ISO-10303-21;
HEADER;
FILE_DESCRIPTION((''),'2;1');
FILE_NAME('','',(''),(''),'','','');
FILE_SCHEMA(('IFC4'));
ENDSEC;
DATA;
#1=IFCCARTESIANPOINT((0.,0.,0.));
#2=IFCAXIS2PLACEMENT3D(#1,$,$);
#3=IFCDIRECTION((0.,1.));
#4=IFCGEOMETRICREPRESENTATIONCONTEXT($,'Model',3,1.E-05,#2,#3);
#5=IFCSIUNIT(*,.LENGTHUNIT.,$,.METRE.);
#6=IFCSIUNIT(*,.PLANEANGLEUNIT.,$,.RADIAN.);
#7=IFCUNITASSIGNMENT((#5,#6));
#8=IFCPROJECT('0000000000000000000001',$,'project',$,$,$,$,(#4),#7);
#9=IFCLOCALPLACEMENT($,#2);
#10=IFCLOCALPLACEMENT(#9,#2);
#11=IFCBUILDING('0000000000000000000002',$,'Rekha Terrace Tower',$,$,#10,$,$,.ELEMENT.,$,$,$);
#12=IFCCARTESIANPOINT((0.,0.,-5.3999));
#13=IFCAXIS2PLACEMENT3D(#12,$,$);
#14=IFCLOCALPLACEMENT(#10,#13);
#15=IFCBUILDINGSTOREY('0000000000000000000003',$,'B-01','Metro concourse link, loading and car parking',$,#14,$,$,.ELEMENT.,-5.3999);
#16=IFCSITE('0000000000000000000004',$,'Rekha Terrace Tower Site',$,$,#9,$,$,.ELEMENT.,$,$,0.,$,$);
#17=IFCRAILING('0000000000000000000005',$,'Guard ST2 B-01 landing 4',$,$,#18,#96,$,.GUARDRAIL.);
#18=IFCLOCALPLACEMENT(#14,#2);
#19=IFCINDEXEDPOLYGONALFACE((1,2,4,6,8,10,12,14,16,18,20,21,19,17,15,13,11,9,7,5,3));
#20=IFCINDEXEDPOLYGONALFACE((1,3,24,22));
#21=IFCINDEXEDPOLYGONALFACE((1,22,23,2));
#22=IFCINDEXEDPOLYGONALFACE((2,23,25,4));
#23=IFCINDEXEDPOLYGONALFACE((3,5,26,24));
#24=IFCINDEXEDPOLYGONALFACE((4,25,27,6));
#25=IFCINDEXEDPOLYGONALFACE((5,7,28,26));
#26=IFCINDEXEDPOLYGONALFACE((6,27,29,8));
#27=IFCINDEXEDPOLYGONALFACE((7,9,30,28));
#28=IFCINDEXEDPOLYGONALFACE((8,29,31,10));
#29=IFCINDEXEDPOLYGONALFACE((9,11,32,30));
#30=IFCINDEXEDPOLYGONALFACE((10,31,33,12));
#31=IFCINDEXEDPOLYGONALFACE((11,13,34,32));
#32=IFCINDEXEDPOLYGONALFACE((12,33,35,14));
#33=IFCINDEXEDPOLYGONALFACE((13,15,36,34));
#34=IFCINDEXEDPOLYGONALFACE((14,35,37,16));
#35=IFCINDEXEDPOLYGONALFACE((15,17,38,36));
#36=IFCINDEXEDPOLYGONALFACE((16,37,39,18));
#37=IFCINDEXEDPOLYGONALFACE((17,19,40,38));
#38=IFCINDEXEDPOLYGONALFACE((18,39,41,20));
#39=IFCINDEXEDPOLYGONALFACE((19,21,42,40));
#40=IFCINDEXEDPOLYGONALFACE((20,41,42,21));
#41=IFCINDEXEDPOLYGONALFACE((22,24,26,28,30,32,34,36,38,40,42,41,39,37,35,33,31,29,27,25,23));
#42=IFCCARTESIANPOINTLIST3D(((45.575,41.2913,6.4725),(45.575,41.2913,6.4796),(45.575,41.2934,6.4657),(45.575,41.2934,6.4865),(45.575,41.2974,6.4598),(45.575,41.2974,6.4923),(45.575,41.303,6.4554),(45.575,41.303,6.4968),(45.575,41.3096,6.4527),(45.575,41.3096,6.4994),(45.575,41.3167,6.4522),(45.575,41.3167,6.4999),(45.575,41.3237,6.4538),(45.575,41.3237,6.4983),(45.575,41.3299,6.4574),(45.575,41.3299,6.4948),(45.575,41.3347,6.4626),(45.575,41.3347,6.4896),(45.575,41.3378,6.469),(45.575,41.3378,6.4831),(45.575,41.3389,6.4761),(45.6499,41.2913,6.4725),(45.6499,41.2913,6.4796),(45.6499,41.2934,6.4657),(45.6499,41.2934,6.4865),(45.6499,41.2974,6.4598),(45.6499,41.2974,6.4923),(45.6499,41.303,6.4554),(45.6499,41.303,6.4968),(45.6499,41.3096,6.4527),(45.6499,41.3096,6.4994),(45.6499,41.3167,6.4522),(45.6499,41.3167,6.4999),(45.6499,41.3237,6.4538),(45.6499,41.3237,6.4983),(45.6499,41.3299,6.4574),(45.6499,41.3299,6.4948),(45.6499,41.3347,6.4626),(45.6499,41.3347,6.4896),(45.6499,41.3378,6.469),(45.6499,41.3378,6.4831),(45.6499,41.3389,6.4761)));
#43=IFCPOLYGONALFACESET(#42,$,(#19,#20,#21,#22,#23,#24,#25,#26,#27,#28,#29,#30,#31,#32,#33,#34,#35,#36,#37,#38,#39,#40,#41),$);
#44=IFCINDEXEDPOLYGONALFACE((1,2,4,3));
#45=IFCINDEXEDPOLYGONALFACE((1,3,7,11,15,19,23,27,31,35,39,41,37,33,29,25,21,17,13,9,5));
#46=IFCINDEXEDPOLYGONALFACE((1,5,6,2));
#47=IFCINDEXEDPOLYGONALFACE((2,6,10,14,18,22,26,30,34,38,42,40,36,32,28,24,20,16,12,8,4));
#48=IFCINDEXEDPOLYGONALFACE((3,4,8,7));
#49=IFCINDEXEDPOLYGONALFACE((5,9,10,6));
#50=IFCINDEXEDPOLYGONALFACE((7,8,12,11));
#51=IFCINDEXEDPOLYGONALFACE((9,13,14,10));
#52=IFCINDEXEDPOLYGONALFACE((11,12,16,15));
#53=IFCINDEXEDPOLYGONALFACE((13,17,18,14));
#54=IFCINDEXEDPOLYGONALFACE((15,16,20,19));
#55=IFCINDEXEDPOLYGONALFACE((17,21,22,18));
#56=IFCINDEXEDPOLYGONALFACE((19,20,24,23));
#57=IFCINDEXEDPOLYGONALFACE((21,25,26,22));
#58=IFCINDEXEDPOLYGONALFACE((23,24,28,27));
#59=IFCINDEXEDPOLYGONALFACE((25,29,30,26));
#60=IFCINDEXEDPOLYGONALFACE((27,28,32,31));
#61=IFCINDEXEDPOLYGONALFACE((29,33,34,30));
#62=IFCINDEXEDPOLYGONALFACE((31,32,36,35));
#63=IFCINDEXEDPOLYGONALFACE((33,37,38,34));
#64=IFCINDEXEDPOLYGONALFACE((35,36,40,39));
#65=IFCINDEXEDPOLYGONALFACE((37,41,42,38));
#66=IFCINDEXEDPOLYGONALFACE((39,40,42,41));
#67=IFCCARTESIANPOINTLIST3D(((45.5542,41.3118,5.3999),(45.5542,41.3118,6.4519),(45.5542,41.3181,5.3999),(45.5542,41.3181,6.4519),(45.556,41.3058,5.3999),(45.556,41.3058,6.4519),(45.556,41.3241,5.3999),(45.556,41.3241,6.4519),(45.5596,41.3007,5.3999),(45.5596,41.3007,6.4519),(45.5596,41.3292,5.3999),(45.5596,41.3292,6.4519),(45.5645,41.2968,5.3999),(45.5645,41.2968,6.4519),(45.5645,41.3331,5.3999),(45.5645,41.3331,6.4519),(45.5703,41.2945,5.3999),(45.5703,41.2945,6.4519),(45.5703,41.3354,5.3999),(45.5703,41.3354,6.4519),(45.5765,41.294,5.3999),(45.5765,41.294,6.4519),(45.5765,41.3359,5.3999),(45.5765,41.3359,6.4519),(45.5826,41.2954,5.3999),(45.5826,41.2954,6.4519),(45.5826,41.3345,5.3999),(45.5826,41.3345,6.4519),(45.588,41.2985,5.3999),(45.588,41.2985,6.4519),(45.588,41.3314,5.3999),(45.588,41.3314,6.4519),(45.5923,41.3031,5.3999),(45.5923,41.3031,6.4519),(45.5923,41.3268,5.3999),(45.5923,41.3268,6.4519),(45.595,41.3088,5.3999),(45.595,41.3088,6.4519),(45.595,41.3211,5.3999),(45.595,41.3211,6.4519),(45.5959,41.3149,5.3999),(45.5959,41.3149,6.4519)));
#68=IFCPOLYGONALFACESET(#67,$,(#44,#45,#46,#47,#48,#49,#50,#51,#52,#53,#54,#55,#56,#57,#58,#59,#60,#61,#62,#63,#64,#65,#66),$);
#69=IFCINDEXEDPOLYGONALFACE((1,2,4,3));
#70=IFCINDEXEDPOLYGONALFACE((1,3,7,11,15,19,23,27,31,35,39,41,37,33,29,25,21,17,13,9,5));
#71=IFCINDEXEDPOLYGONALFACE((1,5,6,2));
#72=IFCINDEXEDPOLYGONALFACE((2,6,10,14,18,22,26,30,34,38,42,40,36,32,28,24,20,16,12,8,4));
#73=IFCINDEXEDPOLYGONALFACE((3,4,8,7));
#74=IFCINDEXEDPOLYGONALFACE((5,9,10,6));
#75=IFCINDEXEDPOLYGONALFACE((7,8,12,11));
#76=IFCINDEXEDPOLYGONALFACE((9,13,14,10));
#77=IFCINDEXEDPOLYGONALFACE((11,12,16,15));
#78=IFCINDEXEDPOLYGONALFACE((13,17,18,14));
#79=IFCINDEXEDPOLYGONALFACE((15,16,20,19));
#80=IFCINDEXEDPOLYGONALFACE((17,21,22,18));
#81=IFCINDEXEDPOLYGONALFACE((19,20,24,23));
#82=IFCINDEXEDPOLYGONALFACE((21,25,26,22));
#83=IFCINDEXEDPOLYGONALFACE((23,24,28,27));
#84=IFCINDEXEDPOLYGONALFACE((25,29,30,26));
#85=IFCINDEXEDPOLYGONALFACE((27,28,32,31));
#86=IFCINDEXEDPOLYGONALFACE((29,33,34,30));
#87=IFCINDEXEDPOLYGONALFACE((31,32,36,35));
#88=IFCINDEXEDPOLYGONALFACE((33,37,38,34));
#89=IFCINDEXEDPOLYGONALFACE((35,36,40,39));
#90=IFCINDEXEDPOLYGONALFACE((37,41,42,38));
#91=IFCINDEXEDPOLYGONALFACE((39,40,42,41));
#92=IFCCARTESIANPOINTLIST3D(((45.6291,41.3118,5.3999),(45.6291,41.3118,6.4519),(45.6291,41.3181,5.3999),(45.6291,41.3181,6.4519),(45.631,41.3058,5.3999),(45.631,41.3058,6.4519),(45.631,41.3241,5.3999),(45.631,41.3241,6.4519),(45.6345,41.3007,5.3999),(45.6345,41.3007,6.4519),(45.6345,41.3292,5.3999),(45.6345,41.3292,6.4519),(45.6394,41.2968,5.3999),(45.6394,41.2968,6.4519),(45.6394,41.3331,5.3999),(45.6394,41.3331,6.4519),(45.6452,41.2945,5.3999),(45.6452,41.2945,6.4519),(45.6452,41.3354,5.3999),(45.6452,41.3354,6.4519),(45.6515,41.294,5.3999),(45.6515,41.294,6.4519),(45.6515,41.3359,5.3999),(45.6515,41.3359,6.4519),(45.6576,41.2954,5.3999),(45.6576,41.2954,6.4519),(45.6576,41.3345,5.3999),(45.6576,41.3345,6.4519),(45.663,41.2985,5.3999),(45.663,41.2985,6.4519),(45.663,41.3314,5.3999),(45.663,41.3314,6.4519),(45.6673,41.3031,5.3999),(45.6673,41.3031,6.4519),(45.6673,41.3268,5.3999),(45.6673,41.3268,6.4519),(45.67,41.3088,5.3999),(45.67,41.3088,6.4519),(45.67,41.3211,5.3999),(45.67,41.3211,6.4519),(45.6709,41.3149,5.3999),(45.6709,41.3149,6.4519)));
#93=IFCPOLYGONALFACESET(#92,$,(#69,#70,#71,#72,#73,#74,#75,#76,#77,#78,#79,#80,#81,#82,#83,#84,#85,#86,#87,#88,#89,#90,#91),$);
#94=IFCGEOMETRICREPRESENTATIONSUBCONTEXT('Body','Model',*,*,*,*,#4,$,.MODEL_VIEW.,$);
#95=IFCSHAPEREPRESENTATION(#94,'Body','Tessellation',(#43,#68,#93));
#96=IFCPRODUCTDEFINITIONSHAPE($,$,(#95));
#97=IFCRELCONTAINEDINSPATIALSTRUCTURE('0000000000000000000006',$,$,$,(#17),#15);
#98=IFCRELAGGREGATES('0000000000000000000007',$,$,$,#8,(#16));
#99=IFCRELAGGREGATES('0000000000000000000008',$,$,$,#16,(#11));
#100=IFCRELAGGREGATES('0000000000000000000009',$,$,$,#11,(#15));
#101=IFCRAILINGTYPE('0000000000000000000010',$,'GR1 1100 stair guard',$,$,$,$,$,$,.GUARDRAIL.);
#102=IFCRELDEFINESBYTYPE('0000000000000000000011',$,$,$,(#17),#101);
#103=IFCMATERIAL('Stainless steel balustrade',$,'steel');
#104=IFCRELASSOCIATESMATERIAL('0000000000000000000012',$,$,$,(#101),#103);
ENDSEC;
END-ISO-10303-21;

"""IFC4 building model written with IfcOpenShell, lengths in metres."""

from ifc_helpers import new_model, si_unit, direction, frame, origin, origin_2d, place, context, subcontext, project, spatial, circle, extrude, material, type_object, element, save


model = new_model("IFC4")

# Units and contexts
model_context = context("Model", 3, precision=1e-05, world=origin(), true_north=direction((0.0, 1.0)))
body_context = subcontext(model_context, "Body", "Model", "MODEL_VIEW")
ifc_project = project(units=[si_unit("LENGTHUNIT", "METRE"), si_unit("PLANEANGLEUNIT", "RADIAN")], contexts=[model_context])

# Site, building, storey
site_placement = place(None, origin())
site = spatial("IfcSite", under=ifc_project, at=site_placement, Name="Rekha Terrace Tower Site", CompositionType="ELEMENT", RefElevation=0.0)
building_placement = place(site_placement, origin())
building = spatial("IfcBuilding", under=site, at=building_placement, Name="Rekha Terrace Tower", CompositionType="ELEMENT")
storey_placement = place(building_placement, frame((0.0, 0.0, -5.3999)))
storey = spatial("IfcBuildingStorey", under=building, at=storey_placement, Name="B-01", Description="Metro concourse link, loading and car parking", CompositionType="ELEMENT", Elevation=-5.3999)

# Railing
ifc_material_1 = material(Name="Stainless steel balustrade", Category="steel")
railing_type_1 = type_object("IfcRailingType", Name="GR1 1100 stair guard", PredefinedType="GUARDRAIL", material=ifc_material_1)
railing_1_placement = place(storey_placement, frame((45.575, 41.3149, 5.3999)))
element("IfcRailing", 1, at=railing_1_placement, inside=storey, type_object=railing_type_1, Name="Guard ST2 B-01 landing 4", PredefinedType="GUARDRAIL", context=body_context, shape_type="SweptSolid", body=[
    extrude(circle(Radius=0.0239, at=origin_2d()), frame((0.0, 0.0, 1.0762), z_axis=(1.0, 0.0, 0.0), x_axis=(0.0, 1.0, 0.0)), (0.0, 0.0, 1.0), 0.075),
    extrude(circle(Radius=0.021, at=origin_2d()), origin(), (0.0, 0.0, 1.0), 1.052),
    extrude(circle(Radius=0.021, at=origin_2d()), frame((0.075, 0.0, 0.0)), (0.0, 0.0, 1.0), 1.052),
])

save(model, "model.ifc")
